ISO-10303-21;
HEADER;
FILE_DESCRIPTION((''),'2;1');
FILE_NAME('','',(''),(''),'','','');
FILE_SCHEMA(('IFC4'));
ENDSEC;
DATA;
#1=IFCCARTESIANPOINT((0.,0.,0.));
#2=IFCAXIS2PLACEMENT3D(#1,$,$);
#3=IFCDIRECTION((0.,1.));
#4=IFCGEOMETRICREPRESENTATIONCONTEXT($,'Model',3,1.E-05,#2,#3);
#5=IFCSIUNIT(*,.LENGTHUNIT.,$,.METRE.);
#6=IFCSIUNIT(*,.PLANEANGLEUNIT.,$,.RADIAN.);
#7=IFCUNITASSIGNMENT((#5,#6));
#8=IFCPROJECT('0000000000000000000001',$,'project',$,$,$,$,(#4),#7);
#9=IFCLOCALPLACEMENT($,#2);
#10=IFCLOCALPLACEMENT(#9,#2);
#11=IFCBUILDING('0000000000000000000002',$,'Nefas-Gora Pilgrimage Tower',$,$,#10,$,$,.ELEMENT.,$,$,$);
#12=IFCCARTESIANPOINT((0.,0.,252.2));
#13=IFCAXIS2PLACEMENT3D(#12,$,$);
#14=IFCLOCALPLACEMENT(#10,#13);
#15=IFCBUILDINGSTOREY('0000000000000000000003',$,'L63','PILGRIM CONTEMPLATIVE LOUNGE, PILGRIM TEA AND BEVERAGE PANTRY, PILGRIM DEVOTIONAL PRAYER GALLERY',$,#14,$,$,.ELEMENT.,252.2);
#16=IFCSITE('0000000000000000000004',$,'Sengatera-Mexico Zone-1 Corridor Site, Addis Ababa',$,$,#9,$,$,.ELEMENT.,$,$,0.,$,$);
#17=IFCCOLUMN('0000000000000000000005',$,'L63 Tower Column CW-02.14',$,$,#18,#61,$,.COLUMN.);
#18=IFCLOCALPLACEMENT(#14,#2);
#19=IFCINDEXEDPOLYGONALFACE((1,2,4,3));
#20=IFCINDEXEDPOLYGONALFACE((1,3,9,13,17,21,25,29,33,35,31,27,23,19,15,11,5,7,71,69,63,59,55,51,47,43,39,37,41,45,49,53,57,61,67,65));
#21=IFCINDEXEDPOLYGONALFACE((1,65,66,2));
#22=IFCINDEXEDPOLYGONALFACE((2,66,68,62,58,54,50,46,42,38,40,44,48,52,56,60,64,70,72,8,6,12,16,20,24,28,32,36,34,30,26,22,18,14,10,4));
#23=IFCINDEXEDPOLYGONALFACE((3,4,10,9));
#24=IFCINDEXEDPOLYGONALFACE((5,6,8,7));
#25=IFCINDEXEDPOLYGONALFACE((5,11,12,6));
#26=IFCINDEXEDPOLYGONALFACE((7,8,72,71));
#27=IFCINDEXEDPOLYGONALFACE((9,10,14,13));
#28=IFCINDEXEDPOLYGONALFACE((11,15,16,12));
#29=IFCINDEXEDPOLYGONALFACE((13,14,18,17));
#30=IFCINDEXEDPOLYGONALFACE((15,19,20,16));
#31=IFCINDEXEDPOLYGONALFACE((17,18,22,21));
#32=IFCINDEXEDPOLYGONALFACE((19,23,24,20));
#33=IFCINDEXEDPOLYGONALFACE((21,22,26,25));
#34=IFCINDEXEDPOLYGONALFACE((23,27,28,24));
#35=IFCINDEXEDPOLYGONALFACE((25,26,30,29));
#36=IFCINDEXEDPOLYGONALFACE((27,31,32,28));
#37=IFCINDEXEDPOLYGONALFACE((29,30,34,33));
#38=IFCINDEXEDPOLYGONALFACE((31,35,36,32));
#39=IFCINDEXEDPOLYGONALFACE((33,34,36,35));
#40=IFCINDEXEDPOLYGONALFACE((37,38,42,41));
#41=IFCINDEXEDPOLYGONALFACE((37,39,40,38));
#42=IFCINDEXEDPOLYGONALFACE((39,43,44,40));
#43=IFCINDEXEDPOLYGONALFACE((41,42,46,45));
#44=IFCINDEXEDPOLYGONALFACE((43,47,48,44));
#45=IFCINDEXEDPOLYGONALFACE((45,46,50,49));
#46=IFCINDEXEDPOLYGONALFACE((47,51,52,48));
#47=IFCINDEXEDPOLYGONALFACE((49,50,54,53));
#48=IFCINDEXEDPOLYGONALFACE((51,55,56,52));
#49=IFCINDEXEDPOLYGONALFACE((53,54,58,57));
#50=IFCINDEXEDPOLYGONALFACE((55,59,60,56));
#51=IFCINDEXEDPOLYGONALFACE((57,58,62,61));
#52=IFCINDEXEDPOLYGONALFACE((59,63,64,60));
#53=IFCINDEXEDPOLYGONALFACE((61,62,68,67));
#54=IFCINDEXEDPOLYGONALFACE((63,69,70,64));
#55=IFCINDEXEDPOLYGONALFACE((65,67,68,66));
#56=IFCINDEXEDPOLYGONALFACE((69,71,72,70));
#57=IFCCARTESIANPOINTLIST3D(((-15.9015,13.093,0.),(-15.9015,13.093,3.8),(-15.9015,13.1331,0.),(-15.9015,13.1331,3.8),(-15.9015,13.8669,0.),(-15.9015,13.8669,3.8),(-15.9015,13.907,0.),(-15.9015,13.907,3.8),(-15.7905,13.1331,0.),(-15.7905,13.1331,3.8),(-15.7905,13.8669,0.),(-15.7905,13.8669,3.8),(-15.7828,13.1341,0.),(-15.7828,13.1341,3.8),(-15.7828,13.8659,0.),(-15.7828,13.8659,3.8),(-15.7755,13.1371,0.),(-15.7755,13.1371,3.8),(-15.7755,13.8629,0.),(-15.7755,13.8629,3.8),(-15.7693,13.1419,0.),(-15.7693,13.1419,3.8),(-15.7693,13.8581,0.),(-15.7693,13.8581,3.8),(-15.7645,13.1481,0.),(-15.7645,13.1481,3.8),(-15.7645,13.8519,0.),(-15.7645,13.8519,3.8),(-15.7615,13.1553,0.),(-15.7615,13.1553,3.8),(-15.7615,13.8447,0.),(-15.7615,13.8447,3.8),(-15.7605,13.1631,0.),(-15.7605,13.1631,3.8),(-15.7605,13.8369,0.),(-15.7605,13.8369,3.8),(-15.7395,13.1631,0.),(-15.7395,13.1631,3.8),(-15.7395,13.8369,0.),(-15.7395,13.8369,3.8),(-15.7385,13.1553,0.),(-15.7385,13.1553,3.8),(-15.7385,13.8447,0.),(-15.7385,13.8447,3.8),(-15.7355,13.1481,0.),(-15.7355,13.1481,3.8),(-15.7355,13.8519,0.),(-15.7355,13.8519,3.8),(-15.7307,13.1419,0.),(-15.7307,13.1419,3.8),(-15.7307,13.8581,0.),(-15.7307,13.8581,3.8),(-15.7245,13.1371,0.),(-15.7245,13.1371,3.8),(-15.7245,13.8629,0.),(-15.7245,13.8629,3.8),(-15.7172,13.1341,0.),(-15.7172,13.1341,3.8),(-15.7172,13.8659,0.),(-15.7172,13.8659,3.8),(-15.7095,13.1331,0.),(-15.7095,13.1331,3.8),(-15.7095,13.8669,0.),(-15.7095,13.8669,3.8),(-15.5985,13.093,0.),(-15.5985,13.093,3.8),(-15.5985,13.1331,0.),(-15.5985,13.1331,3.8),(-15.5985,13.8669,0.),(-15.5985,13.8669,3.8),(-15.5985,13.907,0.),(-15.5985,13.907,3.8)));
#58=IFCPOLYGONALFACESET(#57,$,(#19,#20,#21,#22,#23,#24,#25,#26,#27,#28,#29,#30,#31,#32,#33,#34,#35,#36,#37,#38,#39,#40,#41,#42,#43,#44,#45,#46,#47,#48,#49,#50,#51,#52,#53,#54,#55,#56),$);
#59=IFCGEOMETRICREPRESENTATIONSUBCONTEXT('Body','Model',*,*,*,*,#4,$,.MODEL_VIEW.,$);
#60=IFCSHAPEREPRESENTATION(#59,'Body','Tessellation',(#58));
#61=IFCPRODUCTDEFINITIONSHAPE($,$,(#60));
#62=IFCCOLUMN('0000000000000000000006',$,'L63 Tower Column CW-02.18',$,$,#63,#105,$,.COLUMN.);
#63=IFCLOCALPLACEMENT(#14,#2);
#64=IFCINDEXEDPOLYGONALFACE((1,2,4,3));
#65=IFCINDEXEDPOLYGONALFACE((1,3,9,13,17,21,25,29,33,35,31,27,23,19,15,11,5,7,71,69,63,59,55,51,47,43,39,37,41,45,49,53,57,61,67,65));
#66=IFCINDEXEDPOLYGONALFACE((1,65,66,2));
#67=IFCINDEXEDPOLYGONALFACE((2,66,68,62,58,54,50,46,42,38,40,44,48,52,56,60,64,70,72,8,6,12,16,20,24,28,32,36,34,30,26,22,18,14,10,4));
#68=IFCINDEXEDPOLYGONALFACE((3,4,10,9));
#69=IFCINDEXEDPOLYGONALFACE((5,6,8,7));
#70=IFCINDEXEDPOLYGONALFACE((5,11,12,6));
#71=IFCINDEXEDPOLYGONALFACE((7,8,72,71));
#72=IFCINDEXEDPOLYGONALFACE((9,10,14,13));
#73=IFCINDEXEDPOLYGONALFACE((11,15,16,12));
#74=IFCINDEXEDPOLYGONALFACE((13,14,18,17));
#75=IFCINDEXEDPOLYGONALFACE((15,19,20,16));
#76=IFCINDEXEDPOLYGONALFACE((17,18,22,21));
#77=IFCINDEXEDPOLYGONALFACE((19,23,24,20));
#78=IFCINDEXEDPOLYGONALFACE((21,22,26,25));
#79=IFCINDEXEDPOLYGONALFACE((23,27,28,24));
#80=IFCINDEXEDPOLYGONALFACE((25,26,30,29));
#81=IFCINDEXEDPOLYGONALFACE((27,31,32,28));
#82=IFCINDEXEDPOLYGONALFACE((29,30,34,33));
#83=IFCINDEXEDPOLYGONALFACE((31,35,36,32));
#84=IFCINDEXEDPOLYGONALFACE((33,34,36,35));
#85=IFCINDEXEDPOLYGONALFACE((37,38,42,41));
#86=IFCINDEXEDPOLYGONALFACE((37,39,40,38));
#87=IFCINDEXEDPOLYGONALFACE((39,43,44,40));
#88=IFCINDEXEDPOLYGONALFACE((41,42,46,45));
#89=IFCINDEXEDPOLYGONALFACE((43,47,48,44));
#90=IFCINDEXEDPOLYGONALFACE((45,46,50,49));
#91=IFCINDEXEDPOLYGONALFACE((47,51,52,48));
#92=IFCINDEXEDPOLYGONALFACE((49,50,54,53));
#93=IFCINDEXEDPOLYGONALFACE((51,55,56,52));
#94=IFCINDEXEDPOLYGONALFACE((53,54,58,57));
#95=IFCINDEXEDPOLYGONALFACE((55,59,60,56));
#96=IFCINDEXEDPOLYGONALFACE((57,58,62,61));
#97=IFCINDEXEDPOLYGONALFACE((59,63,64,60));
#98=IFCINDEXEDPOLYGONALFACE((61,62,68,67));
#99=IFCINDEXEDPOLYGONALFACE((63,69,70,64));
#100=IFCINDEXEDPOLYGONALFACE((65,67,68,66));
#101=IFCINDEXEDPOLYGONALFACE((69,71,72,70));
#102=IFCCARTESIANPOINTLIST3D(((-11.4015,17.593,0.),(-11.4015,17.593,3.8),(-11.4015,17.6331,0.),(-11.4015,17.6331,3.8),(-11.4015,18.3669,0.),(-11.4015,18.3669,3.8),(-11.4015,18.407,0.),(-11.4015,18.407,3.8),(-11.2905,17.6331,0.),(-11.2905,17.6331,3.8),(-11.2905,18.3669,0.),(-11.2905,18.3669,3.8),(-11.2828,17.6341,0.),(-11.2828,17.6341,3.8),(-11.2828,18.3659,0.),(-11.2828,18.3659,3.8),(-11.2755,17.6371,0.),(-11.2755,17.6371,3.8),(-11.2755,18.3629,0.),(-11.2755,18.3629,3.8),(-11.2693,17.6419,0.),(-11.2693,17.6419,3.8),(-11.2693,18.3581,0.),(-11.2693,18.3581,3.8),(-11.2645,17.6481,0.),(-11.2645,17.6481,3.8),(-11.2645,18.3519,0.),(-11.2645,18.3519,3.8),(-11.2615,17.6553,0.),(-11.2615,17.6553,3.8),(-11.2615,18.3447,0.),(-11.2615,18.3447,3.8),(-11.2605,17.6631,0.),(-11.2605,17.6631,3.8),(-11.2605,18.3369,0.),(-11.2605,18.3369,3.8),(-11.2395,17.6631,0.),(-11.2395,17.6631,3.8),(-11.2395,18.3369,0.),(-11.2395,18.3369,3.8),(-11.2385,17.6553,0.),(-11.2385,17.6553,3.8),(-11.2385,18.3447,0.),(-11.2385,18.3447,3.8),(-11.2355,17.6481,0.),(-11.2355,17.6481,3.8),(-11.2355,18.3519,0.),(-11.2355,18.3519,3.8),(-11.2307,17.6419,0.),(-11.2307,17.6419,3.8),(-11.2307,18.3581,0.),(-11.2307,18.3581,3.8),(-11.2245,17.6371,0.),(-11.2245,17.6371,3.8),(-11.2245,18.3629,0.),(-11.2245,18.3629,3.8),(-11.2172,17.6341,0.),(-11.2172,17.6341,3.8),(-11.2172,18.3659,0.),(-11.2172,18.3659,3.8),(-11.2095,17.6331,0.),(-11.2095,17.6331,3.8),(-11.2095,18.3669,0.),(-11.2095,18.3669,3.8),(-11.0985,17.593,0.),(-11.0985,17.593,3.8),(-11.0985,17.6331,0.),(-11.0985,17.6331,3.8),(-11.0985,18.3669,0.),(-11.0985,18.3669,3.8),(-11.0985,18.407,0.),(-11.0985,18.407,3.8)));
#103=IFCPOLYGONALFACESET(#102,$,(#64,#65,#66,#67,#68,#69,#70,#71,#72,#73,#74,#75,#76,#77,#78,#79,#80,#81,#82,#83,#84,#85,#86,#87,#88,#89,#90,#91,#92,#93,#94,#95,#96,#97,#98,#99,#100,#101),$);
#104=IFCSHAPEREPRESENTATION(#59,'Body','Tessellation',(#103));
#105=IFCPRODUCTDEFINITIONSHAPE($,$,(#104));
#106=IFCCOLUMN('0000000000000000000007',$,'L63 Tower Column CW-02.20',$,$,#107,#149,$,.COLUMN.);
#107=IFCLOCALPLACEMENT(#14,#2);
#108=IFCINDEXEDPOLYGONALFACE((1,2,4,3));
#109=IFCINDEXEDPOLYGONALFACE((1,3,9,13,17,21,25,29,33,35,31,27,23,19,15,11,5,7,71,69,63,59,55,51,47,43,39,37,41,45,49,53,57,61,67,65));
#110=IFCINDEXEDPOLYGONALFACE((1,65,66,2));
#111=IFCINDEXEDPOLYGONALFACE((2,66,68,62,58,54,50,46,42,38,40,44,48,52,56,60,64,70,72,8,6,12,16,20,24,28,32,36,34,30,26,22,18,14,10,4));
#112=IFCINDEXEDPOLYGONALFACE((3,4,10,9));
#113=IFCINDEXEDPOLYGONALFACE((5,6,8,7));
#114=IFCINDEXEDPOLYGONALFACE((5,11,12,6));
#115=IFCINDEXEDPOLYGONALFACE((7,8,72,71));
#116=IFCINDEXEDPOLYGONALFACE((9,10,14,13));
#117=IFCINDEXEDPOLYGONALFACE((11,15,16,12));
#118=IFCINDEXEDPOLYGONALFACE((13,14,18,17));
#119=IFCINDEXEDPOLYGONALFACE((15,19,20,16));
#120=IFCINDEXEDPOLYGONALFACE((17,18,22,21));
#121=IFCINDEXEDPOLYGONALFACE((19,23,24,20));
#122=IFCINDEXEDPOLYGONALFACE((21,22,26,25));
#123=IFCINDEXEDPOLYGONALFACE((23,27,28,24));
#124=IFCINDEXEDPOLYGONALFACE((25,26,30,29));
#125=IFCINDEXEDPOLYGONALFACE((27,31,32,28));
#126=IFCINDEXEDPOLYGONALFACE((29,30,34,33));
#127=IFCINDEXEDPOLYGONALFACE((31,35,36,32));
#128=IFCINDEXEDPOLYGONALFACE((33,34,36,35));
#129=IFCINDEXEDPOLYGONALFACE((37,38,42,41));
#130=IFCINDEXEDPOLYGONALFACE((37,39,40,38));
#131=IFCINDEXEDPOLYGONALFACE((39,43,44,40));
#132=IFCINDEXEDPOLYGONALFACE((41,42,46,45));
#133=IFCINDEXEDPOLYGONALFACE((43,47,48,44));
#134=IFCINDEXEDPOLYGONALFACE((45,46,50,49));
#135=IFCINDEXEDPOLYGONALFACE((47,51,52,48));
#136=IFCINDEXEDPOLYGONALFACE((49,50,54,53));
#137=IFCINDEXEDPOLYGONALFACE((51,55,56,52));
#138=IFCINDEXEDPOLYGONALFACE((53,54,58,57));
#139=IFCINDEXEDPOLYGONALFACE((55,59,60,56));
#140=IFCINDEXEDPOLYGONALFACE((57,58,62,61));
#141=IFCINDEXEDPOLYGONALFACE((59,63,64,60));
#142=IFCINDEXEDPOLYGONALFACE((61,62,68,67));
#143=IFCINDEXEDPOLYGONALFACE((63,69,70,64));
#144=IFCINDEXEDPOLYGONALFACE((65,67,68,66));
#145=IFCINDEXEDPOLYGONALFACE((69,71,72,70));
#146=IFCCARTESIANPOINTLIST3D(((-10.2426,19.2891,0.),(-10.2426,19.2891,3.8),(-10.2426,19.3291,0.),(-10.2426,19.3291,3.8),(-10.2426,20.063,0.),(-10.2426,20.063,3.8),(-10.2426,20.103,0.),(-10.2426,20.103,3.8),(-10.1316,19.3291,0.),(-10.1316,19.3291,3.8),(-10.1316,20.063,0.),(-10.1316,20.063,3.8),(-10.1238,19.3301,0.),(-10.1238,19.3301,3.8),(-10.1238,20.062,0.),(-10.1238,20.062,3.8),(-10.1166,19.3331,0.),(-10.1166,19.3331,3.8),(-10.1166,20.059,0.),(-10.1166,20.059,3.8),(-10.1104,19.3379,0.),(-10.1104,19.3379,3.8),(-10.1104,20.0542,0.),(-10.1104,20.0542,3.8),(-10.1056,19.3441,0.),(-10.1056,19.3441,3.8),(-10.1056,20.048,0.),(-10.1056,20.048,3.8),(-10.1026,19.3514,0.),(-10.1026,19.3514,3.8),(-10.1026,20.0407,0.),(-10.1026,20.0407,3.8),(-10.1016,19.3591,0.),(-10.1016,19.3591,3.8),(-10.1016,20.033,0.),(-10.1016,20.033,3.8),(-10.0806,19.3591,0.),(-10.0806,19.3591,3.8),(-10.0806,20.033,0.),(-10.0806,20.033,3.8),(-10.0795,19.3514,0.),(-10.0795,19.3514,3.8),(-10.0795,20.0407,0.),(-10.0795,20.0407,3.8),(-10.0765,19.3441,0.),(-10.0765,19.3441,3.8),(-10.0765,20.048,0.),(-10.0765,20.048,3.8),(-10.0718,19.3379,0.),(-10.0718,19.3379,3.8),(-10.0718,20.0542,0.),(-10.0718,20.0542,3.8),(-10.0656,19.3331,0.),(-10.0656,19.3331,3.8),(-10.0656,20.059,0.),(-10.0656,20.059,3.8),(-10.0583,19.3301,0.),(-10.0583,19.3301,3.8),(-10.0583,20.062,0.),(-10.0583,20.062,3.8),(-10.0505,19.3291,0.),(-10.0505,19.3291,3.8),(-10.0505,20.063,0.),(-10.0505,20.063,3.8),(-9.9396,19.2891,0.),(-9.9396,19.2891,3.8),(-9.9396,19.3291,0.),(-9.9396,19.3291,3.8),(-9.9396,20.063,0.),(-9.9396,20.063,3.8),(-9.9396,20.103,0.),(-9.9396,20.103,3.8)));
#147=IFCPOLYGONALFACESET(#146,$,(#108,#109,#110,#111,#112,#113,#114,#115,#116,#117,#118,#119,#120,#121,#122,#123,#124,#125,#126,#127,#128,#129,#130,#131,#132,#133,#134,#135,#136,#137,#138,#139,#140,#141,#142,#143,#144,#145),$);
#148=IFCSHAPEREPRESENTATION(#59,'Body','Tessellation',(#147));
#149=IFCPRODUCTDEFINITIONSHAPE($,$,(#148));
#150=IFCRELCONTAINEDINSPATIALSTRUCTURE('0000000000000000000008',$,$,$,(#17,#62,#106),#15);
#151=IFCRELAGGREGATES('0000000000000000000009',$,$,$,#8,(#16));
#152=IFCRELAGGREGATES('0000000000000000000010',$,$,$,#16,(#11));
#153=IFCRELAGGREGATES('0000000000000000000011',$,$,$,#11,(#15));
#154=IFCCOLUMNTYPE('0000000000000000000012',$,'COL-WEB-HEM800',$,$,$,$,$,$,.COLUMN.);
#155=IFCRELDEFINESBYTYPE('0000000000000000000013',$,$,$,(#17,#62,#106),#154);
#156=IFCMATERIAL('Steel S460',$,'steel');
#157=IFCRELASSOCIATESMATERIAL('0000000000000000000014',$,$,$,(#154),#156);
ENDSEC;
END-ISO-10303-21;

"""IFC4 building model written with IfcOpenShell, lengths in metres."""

from ifc_helpers import new_model, si_unit, direction, frame, origin, origin_2d, place, context, subcontext, project, spatial, i_section, extrude, source, transform, mapped, material, material_profile, profile_set, type_object, element, save


model = new_model("IFC4")

# Units and contexts
model_context = context("Model", 3, precision=1e-05, world=origin(), true_north=direction((0.0, 1.0)))
body_context = subcontext(model_context, "Body", "Model", "MODEL_VIEW")
ifc_project = project(units=[si_unit("LENGTHUNIT", "METRE"), si_unit("PLANEANGLEUNIT", "RADIAN")], contexts=[model_context])

# Site, building, storey
site_placement = place(None, origin())
site = spatial("IfcSite", under=ifc_project, at=site_placement, Name="Sengatera-Mexico Zone-1 Corridor Site, Addis Ababa", CompositionType="ELEMENT", RefElevation=0.0)
building_placement = place(site_placement, origin())
building = spatial("IfcBuilding", under=site, at=building_placement, Name="Nefas-Gora Pilgrimage Tower", CompositionType="ELEMENT")
storey_placement = place(building_placement, frame((0.0, 0.0, 252.2)))
storey = spatial("IfcBuildingStorey", under=building, at=storey_placement, Name="L63", Description="PILGRIM CONTEMPLATIVE LOUNGE, PILGRIM TEA AND BEVERAGE PANTRY, PILGRIM DEVOTIONAL PRAYER GALLERY", CompositionType="ELEMENT", Elevation=252.2)

# Columns
ifc_material_1 = material(Name="Steel S460", Category="steel")
ifc_material_profile_1 = material_profile(ifc_material_1, i_section(OverallWidth=0.303, OverallDepth=0.814, WebThickness=0.021, FlangeThickness=0.04, FilletRadius=0.03, at=origin_2d()), Name="HEM 800")
ifc_profile_set_1 = profile_set([ifc_material_profile_1], Name="Steel S460")
column_type_1 = type_object("IfcColumnType", Name="COL-WEB-HEM800", PredefinedType="COLUMN", material=ifc_profile_set_1)
shared_shape_1 = source(origin(), body_context, "Body", "SweptSolid", [
    extrude(i_section(OverallWidth=0.303, OverallDepth=0.814, WebThickness=0.021, FlangeThickness=0.04, FilletRadius=0.03, at=origin_2d()), origin(), (0.0, 0.0, 1.0), 3.8),
])
for number, where, z_axis, x_axis, name in (
    (1, (-15.75, 13.5, 0.0), (0.0, 0.0, 1.0), (1.0, 0.0, 0.0), "L63 Tower Column CW-02.14"),
    (2, (-11.25, 18.0, 0.0), (0.0, 0.0, 1.0), (1.0, 0.0, 0.0), "L63 Tower Column CW-02.18"),
    (3, (-10.0911, 19.696, 0.0), (0.0, 0.0, 1.0), (1.0, 0.0, 0.0), "L63 Tower Column CW-02.20"),
):
    element("IfcColumn", number, at=place(storey_placement, frame(where, z_axis=z_axis, x_axis=x_axis)), inside=storey, type_object=column_type_1, Name=name, PredefinedType="COLUMN", context=body_context, shape_type="MappedRepresentation", body=[
        mapped(shared_shape_1, transform((0.0, 0.0, 0.0), x_axis=(1.0, 0.0, 0.0), y_axis=(0.0, 1.0, 0.0), z_axis=(0.0, 0.0, 1.0), scale=1.0)),
    ])

save(model, "model.ifc")
